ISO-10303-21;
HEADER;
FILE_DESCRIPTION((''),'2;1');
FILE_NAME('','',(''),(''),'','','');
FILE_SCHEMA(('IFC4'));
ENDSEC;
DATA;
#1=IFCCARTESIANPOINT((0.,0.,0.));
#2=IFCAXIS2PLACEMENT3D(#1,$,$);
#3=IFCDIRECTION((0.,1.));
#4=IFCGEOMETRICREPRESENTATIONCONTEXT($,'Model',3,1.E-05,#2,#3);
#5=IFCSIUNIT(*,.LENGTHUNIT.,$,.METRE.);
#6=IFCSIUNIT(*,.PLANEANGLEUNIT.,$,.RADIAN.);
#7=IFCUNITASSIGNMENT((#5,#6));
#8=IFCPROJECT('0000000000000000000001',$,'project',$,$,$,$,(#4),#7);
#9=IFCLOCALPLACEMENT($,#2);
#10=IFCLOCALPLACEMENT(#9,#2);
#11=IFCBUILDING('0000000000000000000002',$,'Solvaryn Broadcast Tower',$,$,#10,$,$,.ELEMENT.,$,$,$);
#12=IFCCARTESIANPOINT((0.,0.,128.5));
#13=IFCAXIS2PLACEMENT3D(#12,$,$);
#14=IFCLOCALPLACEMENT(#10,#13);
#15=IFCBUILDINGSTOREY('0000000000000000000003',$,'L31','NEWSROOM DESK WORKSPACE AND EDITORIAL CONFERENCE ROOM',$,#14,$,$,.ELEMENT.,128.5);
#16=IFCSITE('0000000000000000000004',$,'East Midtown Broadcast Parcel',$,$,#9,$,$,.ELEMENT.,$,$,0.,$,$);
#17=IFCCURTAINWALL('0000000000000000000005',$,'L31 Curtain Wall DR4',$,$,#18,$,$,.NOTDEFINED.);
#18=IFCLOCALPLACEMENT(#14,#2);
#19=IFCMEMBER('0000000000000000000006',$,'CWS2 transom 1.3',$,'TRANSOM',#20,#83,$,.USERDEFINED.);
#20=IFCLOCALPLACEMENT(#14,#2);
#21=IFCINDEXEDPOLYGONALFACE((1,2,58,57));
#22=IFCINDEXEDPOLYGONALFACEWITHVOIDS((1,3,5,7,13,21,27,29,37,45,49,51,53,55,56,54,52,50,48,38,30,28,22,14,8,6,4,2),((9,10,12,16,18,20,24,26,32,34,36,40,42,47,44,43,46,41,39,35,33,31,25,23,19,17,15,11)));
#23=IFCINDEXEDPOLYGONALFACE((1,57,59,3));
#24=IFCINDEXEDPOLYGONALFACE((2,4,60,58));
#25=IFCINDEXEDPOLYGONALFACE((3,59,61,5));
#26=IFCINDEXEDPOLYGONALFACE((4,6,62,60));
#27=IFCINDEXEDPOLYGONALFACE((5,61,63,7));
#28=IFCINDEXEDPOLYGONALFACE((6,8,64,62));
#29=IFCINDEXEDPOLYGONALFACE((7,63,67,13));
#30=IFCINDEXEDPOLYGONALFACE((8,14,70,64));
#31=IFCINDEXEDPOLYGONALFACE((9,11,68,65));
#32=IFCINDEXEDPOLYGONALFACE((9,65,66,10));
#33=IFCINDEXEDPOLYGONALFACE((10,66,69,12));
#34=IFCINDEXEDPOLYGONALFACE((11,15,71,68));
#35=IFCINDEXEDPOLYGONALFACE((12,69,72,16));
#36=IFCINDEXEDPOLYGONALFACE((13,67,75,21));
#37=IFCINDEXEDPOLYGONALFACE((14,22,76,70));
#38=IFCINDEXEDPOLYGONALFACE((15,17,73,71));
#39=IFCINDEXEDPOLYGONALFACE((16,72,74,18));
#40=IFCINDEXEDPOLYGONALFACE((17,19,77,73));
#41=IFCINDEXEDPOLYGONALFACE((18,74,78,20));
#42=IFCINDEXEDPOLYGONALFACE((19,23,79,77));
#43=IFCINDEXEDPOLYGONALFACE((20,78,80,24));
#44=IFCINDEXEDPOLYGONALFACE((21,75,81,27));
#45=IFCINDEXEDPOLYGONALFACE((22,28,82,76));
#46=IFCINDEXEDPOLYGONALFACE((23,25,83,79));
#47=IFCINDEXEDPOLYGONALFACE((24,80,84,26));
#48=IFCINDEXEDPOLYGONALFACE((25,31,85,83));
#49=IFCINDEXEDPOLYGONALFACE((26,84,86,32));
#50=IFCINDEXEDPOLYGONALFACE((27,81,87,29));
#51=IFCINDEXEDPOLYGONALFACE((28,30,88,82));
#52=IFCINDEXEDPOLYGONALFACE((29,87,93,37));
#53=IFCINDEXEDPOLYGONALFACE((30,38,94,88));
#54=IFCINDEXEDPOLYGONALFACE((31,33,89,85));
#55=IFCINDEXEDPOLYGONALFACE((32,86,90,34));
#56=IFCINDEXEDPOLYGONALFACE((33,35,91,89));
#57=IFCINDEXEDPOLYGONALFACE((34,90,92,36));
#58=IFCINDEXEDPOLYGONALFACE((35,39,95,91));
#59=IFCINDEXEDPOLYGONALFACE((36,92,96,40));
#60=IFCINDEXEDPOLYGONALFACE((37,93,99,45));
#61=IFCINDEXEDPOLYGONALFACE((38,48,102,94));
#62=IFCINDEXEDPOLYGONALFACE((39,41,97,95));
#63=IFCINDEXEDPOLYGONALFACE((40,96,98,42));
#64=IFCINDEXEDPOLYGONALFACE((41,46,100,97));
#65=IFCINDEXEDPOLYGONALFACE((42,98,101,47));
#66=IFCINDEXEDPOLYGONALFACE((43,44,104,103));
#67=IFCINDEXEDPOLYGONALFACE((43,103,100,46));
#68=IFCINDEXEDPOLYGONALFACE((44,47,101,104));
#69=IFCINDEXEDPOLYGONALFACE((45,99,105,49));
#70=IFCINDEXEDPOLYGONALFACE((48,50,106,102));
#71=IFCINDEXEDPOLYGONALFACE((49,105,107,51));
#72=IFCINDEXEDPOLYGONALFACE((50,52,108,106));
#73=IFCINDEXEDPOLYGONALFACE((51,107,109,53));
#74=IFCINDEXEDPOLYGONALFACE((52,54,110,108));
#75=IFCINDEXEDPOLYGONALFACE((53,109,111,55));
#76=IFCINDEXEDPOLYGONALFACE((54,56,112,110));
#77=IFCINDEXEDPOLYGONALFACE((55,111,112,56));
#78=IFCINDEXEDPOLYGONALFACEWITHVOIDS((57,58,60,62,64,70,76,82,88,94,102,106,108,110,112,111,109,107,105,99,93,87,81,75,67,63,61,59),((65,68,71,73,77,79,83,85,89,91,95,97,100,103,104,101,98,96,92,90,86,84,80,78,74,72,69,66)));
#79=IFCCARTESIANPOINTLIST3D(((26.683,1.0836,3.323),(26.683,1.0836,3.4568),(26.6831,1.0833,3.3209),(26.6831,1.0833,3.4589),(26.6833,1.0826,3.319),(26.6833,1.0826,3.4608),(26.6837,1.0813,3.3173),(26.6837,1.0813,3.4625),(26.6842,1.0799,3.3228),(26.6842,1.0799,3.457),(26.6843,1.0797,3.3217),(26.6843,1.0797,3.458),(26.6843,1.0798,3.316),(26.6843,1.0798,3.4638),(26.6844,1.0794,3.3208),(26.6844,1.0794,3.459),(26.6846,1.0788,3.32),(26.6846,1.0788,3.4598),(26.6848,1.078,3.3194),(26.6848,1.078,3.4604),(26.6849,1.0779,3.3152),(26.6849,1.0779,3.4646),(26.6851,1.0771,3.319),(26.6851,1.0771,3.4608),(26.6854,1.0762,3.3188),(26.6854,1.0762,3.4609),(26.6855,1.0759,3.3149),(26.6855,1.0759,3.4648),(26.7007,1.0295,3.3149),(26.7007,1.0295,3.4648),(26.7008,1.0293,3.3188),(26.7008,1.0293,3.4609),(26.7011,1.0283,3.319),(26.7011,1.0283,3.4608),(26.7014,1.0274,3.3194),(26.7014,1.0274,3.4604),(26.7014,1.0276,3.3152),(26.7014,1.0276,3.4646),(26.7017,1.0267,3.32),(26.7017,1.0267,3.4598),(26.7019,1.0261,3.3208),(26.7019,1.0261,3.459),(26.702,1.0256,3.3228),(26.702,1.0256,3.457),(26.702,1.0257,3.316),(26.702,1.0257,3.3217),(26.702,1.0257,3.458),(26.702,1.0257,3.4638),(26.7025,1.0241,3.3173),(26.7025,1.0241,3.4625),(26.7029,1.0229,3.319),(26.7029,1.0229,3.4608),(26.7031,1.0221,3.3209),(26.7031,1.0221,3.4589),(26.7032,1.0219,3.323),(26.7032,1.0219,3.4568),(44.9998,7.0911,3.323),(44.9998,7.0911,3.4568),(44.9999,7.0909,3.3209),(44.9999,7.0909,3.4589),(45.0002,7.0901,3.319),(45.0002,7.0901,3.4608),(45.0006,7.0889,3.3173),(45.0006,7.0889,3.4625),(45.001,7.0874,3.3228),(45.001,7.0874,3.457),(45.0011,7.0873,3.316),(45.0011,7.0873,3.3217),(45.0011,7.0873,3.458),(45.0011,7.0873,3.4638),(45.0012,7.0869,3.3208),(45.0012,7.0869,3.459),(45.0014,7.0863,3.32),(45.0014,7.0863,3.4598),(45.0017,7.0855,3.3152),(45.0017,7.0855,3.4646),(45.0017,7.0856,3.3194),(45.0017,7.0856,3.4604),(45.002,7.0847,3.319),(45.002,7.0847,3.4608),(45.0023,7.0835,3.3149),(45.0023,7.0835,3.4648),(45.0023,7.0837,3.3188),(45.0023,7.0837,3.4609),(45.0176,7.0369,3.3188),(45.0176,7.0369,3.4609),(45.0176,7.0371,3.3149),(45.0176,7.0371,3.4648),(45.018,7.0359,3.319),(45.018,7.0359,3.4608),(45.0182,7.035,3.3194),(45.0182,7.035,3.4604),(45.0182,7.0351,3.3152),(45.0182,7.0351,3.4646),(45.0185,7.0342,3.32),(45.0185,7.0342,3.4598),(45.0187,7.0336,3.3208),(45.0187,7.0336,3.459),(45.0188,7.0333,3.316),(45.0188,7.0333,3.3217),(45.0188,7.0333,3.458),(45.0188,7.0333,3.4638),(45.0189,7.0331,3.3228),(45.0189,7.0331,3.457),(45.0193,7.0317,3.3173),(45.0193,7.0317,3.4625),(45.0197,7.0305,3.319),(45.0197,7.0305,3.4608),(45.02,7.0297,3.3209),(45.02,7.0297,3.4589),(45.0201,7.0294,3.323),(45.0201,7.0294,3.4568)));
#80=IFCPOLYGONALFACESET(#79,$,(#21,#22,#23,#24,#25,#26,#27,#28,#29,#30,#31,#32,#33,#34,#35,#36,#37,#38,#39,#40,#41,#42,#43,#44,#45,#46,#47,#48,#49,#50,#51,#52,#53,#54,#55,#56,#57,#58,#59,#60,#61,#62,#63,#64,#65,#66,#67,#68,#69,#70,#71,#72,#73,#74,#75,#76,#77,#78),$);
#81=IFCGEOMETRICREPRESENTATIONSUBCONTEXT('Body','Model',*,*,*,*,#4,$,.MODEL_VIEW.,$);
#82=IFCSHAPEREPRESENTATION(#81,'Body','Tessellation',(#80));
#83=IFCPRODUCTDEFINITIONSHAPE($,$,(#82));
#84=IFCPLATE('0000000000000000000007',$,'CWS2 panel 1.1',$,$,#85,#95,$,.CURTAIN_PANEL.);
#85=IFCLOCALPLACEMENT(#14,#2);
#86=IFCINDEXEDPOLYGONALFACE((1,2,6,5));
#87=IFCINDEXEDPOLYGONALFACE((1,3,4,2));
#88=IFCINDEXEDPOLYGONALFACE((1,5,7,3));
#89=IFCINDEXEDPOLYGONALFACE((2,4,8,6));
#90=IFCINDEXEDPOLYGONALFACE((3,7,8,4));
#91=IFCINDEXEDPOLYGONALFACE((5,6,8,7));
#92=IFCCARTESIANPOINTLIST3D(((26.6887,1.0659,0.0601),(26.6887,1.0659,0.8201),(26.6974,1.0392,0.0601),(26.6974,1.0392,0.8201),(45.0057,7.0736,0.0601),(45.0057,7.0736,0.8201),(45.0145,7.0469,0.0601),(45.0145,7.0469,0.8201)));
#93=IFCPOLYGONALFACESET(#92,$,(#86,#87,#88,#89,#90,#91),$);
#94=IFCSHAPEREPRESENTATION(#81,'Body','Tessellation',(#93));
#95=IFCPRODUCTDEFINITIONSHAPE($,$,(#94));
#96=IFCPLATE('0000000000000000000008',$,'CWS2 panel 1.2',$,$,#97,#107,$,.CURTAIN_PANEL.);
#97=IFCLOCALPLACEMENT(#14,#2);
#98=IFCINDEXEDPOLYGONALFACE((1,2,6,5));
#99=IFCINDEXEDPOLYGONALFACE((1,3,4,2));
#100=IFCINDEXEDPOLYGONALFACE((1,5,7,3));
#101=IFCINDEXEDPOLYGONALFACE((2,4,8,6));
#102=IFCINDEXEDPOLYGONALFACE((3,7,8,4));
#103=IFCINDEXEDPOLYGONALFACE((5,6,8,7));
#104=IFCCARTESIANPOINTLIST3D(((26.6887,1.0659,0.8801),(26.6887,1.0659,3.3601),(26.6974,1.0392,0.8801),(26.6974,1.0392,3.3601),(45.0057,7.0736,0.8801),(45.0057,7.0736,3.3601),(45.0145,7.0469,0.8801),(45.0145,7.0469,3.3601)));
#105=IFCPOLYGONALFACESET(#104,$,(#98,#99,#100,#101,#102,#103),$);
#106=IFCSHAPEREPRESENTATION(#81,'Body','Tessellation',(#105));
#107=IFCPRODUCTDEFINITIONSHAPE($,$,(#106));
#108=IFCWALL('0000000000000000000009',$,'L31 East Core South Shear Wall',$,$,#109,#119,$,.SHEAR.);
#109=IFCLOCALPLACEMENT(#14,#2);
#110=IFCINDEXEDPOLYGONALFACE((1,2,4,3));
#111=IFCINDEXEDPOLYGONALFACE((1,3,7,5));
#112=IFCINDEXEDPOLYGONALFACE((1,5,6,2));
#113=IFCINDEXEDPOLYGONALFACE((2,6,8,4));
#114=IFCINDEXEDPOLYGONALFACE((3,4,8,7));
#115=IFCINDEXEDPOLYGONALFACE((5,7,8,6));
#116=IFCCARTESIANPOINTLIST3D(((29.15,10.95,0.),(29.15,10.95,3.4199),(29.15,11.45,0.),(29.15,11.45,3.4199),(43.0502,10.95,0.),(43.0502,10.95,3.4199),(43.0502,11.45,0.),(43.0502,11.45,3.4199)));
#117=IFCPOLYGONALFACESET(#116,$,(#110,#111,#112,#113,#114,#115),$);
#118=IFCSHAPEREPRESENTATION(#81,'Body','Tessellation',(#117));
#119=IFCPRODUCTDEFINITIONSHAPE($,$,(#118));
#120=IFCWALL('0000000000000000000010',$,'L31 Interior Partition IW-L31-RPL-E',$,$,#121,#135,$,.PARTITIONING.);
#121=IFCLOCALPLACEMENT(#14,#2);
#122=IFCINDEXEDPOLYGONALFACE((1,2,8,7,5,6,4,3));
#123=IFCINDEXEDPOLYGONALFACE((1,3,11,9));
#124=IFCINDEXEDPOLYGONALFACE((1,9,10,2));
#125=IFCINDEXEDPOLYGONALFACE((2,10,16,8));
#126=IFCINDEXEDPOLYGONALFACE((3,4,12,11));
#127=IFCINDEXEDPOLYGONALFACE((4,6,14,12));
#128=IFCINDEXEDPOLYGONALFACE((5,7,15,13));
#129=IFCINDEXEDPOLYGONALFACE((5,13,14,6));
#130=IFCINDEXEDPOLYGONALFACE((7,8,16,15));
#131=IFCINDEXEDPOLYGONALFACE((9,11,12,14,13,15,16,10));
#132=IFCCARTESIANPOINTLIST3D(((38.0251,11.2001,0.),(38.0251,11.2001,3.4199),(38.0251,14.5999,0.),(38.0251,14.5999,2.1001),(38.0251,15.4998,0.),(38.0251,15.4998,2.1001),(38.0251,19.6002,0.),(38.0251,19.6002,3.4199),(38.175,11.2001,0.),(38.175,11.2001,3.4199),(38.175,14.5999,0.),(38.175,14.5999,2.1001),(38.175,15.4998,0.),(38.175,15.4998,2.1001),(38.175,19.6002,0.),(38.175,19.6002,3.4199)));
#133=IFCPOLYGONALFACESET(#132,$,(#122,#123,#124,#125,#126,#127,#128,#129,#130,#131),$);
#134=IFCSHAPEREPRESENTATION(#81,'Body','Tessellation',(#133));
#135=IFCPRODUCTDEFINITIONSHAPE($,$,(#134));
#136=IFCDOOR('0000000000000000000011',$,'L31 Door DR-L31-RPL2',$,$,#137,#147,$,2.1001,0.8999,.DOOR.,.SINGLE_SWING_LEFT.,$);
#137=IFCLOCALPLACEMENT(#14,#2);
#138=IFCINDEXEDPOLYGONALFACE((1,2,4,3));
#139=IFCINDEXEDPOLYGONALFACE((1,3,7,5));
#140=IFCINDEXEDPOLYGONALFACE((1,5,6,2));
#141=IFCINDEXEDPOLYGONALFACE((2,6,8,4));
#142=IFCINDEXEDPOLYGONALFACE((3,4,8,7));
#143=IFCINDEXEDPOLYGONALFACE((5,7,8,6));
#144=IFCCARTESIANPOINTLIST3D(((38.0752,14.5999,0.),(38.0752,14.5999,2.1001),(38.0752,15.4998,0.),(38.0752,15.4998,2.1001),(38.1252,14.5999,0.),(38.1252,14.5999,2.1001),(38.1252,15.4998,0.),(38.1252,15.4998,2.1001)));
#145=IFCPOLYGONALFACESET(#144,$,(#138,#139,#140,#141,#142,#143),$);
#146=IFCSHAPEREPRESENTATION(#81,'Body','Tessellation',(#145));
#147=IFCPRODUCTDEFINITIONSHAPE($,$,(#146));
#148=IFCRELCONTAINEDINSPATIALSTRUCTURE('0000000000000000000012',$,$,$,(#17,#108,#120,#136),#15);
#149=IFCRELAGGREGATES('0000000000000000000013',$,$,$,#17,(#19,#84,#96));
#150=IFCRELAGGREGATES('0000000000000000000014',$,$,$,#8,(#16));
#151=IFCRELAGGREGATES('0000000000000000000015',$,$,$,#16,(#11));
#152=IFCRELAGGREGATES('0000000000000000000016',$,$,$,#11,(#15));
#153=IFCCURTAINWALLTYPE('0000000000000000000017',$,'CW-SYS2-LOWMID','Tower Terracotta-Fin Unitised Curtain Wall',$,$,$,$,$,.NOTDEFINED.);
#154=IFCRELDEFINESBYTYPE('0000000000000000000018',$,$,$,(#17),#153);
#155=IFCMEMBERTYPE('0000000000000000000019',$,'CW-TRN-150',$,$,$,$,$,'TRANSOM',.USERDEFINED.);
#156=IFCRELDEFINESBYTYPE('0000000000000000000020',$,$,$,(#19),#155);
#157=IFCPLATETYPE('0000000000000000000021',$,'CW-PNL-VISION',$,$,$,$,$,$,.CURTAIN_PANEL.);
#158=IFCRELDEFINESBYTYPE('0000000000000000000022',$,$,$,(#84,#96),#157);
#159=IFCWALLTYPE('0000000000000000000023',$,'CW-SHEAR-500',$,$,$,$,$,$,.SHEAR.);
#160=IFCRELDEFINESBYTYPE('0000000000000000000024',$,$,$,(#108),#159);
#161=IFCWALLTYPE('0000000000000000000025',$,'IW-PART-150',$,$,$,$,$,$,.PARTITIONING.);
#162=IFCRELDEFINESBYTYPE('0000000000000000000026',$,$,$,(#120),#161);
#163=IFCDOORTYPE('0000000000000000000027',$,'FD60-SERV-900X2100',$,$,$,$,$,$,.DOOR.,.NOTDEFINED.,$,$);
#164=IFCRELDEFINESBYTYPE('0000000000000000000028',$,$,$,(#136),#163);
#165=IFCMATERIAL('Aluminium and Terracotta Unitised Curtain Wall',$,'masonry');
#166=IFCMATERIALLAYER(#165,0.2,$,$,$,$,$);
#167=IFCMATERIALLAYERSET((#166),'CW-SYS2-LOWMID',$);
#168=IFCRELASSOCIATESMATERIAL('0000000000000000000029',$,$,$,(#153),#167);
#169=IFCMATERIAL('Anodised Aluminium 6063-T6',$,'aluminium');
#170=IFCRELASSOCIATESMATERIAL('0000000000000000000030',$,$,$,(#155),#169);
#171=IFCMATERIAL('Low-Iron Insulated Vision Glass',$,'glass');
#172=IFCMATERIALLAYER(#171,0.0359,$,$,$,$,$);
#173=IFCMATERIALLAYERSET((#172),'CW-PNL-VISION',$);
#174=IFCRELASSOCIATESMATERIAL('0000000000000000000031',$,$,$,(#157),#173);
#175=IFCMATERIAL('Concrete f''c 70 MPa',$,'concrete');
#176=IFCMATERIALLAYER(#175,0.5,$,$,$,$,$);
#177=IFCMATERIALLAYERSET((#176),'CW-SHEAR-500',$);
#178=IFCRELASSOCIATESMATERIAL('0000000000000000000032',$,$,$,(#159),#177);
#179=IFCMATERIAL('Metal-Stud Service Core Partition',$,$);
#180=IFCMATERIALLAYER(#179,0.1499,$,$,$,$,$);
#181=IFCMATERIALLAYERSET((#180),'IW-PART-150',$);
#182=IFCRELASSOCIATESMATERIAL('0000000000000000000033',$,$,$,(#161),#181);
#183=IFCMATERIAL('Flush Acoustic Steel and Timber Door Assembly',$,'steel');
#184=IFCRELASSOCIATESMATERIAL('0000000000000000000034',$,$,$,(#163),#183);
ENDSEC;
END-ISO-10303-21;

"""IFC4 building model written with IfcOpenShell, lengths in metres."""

from ifc_helpers import new_model, si_unit, direction, frame, frame_2d, origin, origin_2d, place, context, subcontext, project, spatial, rectangle, hollow_rectangle, extrude, material, layer, layer_set, material_profile, profile_set, type_object, element, fill, aggregate, save


model = new_model("IFC4")

# Units and contexts
model_context = context("Model", 3, precision=1e-05, world=origin(), true_north=direction((0.0, 1.0)))
body_context = subcontext(model_context, "Body", "Model", "MODEL_VIEW")
ifc_project = project(units=[si_unit("LENGTHUNIT", "METRE"), si_unit("PLANEANGLEUNIT", "RADIAN")], contexts=[model_context])

# Site, building, storey
site_placement = place(None, origin())
site = spatial("IfcSite", under=ifc_project, at=site_placement, Name="East Midtown Broadcast Parcel", CompositionType="ELEMENT", RefElevation=0.0)
building_placement = place(site_placement, origin())
building = spatial("IfcBuilding", under=site, at=building_placement, Name="Solvaryn Broadcast Tower", CompositionType="ELEMENT")
storey_placement = place(building_placement, frame((0.0, 0.0, 128.5)))
storey = spatial("IfcBuildingStorey", under=building, at=storey_placement, Name="L31", Description="NEWSROOM DESK WORKSPACE AND EDITORIAL CONFERENCE ROOM", CompositionType="ELEMENT", Elevation=128.5)

# Shared definitions
ifc_material_1 = material(Name="Aluminium and Terracotta Unitised Curtain Wall", Category="masonry")
ifc_layer_1 = layer(ifc_material_1, 0.2)
ifc_layer_set_1 = layer_set([ifc_layer_1], Name="CW-SYS2-LOWMID")
curtain_wall_type = type_object("IfcCurtainWallType", Name="CW-SYS2-LOWMID", Description="Tower Terracotta-Fin Unitised Curtain Wall", PredefinedType="NOTDEFINED", material=ifc_layer_set_1)

# Curtain wall, member, plates
curtain_wall_1_placement = place(storey_placement, origin())
curtain_wall_1 = element("IfcCurtainWall", 1, at=curtain_wall_1_placement, inside=storey, type_object=curtain_wall_type, Name="L31 Curtain Wall DR4", PredefinedType="NOTDEFINED")
ifc_material_2 = material(Name="Anodised Aluminium 6063-T6", Category="aluminium")
ifc_material_profile_1 = material_profile(ifc_material_2, hollow_rectangle(XDim=0.0649, YDim=0.1499, WallThickness=0.0039, InnerFilletRadius=0.0039, OuterFilletRadius=0.0081, at=origin_2d()))
ifc_profile_set_1 = profile_set([ifc_material_profile_1], Name="Anodised Aluminium 6063-T6")
member_type_1 = type_object("IfcMemberType", Name="CW-TRN-150", ElementType="TRANSOM", PredefinedType="USERDEFINED", material=ifc_profile_set_1)
member_1_placement = place(storey_placement, frame((26.6931, 1.0527, 3.3899), z_axis=(0.950198, 0.311646, 0.0), x_axis=(-0.311646, 0.950198, 0.0)))
member_1 = element("IfcMember", 2, at=member_1_placement, type_object=member_type_1, Name="CWS2 transom 1.3", ObjectType="TRANSOM", PredefinedType="USERDEFINED", context=body_context, shape_type="SweptSolid", body=[
    extrude(hollow_rectangle(XDim=0.0649, YDim=0.1499, WallThickness=0.0039, InnerFilletRadius=0.0039, OuterFilletRadius=0.0081, at=origin_2d()), origin(), (0.0, 0.0, 1.0), 19.2769),
])
ifc_material_3 = material(Name="Low-Iron Insulated Vision Glass", Category="glass")
ifc_layer_2 = layer(ifc_material_3, 0.0359)
ifc_layer_set_2 = layer_set([ifc_layer_2], Name="CW-PNL-VISION")
plate_type = type_object("IfcPlateType", Name="CW-PNL-VISION", PredefinedType="CURTAIN_PANEL", material=ifc_layer_set_2)
plate_1_placement = place(storey_placement, frame((35.8516, 4.0564, 0.0601), z_axis=(0.0, 0.0, 1.0), x_axis=(0.950198, 0.311646, 0.0)))
plate_1 = element("IfcPlate", 3, at=plate_1_placement, type_object=plate_type, Name="CWS2 panel 1.1", PredefinedType="CURTAIN_PANEL", context=body_context, shape_type="SweptSolid", body=[
    extrude(rectangle(XDim=19.2771, YDim=0.0281, at=origin_2d()), origin(), (0.0, 0.0, 1.0), 0.76),
])
plate_2_placement = place(storey_placement, frame((35.8516, 4.0564, 0.8801), z_axis=(0.0, 0.0, 1.0), x_axis=(0.950198, 0.311646, 0.0)))
plate_2 = element("IfcPlate", 4, at=plate_2_placement, type_object=plate_type, Name="CWS2 panel 1.2", PredefinedType="CURTAIN_PANEL", context=body_context, shape_type="SweptSolid", body=[
    extrude(rectangle(XDim=19.2771, YDim=0.0281, at=origin_2d()), origin(), (0.0, 0.0, 1.0), 2.48),
])
aggregate(curtain_wall_1, [member_1, plate_1, plate_2])

# Wall
ifc_material_4 = material(Name="Concrete f'c 70 MPa", Category="concrete")
ifc_layer_3 = layer(ifc_material_4, 0.5)
ifc_layer_set_3 = layer_set([ifc_layer_3], Name="CW-SHEAR-500")
wall_type_1 = type_object("IfcWallType", Name="CW-SHEAR-500", PredefinedType="SHEAR", material=ifc_layer_set_3)
wall_1_placement = place(storey_placement, frame((29.1499, 11.2, 0.0), z_axis=(0.0, 0.0, 1.0), x_axis=(1.0, 0.0, 0.0)))
element("IfcWall", 5, at=wall_1_placement, inside=storey, type_object=wall_type_1, Name="L31 East Core South Shear Wall", PredefinedType="SHEAR", context=body_context, shape_type="SweptSolid", body=[
    extrude(rectangle(XDim=13.9001, YDim=0.5, at=frame_2d((6.9502, 0.0))), origin(), (0.0, 0.0, 1.0), 3.4199),
])

# Wall, opening, door
ifc_material_5 = material(Name="Metal-Stud Service Core Partition")
ifc_layer_4 = layer(ifc_material_5, 0.1499)
ifc_layer_set_4 = layer_set([ifc_layer_4], Name="IW-PART-150")
wall_type_2 = type_object("IfcWallType", Name="IW-PART-150", PredefinedType="PARTITIONING", material=ifc_layer_set_4)
wall_2_placement = place(storey_placement, frame((38.1001, 11.2, 0.0), z_axis=(0.0, 0.0, 1.0), x_axis=(0.0, 1.0, 0.0)))
wall_2 = element("IfcWall", 6, at=wall_2_placement, inside=storey, type_object=wall_type_2, Name="L31 Interior Partition IW-L31-RPL-E", PredefinedType="PARTITIONING", context=body_context, shape_type="SweptSolid", body=[
    extrude(rectangle(XDim=8.4001, YDim=0.1499, at=frame_2d((4.2002, 0.0))), origin(), (0.0, 0.0, 1.0), 3.4199),
])
opening_1_placement = place(wall_2_placement, frame((3.3999, 0.0, 0.0)))
opening_1 = element("IfcOpeningElement", 7, at=opening_1_placement, cuts=wall_2, PredefinedType="OPENING", context=body_context, shape_type="SweptSolid", body=[
    extrude(rectangle(XDim=0.8999, YDim=2.1001, at=frame_2d((0.45, 1.05))), frame((0.0, 0.085, 0.0), z_axis=(0.0, -1.0, 0.0), x_axis=(1.0, 0.0, 0.0)), (0.0, 0.0, 1.0), 0.1699),
])
ifc_material_6 = material(Name="Flush Acoustic Steel and Timber Door Assembly", Category="steel")
door_type_1 = type_object("IfcDoorType", Name="FD60-SERV-900X2100", OperationType="NOTDEFINED", PredefinedType="DOOR", material=ifc_material_6)
door_1_placement = place(opening_1_placement, origin())
door_1 = element("IfcDoor", 8, at=door_1_placement, inside=storey, type_object=door_type_1, Name="L31 Door DR-L31-RPL2", OperationType="SINGLE_SWING_LEFT", OverallHeight=2.1001, OverallWidth=0.8999, PredefinedType="DOOR", context=body_context, shape_type="SweptSolid", body=[
    extrude(rectangle(XDim=0.8999, YDim=2.1001, at=frame_2d((0.45, 1.05))), frame((0.0, 0.0249, 0.0), z_axis=(0.0, -1.0, 0.0), x_axis=(1.0, 0.0, 0.0)), (0.0, 0.0, 1.0), 0.05),
])
fill(opening_1, door_1)

save(model, "model.ifc")
